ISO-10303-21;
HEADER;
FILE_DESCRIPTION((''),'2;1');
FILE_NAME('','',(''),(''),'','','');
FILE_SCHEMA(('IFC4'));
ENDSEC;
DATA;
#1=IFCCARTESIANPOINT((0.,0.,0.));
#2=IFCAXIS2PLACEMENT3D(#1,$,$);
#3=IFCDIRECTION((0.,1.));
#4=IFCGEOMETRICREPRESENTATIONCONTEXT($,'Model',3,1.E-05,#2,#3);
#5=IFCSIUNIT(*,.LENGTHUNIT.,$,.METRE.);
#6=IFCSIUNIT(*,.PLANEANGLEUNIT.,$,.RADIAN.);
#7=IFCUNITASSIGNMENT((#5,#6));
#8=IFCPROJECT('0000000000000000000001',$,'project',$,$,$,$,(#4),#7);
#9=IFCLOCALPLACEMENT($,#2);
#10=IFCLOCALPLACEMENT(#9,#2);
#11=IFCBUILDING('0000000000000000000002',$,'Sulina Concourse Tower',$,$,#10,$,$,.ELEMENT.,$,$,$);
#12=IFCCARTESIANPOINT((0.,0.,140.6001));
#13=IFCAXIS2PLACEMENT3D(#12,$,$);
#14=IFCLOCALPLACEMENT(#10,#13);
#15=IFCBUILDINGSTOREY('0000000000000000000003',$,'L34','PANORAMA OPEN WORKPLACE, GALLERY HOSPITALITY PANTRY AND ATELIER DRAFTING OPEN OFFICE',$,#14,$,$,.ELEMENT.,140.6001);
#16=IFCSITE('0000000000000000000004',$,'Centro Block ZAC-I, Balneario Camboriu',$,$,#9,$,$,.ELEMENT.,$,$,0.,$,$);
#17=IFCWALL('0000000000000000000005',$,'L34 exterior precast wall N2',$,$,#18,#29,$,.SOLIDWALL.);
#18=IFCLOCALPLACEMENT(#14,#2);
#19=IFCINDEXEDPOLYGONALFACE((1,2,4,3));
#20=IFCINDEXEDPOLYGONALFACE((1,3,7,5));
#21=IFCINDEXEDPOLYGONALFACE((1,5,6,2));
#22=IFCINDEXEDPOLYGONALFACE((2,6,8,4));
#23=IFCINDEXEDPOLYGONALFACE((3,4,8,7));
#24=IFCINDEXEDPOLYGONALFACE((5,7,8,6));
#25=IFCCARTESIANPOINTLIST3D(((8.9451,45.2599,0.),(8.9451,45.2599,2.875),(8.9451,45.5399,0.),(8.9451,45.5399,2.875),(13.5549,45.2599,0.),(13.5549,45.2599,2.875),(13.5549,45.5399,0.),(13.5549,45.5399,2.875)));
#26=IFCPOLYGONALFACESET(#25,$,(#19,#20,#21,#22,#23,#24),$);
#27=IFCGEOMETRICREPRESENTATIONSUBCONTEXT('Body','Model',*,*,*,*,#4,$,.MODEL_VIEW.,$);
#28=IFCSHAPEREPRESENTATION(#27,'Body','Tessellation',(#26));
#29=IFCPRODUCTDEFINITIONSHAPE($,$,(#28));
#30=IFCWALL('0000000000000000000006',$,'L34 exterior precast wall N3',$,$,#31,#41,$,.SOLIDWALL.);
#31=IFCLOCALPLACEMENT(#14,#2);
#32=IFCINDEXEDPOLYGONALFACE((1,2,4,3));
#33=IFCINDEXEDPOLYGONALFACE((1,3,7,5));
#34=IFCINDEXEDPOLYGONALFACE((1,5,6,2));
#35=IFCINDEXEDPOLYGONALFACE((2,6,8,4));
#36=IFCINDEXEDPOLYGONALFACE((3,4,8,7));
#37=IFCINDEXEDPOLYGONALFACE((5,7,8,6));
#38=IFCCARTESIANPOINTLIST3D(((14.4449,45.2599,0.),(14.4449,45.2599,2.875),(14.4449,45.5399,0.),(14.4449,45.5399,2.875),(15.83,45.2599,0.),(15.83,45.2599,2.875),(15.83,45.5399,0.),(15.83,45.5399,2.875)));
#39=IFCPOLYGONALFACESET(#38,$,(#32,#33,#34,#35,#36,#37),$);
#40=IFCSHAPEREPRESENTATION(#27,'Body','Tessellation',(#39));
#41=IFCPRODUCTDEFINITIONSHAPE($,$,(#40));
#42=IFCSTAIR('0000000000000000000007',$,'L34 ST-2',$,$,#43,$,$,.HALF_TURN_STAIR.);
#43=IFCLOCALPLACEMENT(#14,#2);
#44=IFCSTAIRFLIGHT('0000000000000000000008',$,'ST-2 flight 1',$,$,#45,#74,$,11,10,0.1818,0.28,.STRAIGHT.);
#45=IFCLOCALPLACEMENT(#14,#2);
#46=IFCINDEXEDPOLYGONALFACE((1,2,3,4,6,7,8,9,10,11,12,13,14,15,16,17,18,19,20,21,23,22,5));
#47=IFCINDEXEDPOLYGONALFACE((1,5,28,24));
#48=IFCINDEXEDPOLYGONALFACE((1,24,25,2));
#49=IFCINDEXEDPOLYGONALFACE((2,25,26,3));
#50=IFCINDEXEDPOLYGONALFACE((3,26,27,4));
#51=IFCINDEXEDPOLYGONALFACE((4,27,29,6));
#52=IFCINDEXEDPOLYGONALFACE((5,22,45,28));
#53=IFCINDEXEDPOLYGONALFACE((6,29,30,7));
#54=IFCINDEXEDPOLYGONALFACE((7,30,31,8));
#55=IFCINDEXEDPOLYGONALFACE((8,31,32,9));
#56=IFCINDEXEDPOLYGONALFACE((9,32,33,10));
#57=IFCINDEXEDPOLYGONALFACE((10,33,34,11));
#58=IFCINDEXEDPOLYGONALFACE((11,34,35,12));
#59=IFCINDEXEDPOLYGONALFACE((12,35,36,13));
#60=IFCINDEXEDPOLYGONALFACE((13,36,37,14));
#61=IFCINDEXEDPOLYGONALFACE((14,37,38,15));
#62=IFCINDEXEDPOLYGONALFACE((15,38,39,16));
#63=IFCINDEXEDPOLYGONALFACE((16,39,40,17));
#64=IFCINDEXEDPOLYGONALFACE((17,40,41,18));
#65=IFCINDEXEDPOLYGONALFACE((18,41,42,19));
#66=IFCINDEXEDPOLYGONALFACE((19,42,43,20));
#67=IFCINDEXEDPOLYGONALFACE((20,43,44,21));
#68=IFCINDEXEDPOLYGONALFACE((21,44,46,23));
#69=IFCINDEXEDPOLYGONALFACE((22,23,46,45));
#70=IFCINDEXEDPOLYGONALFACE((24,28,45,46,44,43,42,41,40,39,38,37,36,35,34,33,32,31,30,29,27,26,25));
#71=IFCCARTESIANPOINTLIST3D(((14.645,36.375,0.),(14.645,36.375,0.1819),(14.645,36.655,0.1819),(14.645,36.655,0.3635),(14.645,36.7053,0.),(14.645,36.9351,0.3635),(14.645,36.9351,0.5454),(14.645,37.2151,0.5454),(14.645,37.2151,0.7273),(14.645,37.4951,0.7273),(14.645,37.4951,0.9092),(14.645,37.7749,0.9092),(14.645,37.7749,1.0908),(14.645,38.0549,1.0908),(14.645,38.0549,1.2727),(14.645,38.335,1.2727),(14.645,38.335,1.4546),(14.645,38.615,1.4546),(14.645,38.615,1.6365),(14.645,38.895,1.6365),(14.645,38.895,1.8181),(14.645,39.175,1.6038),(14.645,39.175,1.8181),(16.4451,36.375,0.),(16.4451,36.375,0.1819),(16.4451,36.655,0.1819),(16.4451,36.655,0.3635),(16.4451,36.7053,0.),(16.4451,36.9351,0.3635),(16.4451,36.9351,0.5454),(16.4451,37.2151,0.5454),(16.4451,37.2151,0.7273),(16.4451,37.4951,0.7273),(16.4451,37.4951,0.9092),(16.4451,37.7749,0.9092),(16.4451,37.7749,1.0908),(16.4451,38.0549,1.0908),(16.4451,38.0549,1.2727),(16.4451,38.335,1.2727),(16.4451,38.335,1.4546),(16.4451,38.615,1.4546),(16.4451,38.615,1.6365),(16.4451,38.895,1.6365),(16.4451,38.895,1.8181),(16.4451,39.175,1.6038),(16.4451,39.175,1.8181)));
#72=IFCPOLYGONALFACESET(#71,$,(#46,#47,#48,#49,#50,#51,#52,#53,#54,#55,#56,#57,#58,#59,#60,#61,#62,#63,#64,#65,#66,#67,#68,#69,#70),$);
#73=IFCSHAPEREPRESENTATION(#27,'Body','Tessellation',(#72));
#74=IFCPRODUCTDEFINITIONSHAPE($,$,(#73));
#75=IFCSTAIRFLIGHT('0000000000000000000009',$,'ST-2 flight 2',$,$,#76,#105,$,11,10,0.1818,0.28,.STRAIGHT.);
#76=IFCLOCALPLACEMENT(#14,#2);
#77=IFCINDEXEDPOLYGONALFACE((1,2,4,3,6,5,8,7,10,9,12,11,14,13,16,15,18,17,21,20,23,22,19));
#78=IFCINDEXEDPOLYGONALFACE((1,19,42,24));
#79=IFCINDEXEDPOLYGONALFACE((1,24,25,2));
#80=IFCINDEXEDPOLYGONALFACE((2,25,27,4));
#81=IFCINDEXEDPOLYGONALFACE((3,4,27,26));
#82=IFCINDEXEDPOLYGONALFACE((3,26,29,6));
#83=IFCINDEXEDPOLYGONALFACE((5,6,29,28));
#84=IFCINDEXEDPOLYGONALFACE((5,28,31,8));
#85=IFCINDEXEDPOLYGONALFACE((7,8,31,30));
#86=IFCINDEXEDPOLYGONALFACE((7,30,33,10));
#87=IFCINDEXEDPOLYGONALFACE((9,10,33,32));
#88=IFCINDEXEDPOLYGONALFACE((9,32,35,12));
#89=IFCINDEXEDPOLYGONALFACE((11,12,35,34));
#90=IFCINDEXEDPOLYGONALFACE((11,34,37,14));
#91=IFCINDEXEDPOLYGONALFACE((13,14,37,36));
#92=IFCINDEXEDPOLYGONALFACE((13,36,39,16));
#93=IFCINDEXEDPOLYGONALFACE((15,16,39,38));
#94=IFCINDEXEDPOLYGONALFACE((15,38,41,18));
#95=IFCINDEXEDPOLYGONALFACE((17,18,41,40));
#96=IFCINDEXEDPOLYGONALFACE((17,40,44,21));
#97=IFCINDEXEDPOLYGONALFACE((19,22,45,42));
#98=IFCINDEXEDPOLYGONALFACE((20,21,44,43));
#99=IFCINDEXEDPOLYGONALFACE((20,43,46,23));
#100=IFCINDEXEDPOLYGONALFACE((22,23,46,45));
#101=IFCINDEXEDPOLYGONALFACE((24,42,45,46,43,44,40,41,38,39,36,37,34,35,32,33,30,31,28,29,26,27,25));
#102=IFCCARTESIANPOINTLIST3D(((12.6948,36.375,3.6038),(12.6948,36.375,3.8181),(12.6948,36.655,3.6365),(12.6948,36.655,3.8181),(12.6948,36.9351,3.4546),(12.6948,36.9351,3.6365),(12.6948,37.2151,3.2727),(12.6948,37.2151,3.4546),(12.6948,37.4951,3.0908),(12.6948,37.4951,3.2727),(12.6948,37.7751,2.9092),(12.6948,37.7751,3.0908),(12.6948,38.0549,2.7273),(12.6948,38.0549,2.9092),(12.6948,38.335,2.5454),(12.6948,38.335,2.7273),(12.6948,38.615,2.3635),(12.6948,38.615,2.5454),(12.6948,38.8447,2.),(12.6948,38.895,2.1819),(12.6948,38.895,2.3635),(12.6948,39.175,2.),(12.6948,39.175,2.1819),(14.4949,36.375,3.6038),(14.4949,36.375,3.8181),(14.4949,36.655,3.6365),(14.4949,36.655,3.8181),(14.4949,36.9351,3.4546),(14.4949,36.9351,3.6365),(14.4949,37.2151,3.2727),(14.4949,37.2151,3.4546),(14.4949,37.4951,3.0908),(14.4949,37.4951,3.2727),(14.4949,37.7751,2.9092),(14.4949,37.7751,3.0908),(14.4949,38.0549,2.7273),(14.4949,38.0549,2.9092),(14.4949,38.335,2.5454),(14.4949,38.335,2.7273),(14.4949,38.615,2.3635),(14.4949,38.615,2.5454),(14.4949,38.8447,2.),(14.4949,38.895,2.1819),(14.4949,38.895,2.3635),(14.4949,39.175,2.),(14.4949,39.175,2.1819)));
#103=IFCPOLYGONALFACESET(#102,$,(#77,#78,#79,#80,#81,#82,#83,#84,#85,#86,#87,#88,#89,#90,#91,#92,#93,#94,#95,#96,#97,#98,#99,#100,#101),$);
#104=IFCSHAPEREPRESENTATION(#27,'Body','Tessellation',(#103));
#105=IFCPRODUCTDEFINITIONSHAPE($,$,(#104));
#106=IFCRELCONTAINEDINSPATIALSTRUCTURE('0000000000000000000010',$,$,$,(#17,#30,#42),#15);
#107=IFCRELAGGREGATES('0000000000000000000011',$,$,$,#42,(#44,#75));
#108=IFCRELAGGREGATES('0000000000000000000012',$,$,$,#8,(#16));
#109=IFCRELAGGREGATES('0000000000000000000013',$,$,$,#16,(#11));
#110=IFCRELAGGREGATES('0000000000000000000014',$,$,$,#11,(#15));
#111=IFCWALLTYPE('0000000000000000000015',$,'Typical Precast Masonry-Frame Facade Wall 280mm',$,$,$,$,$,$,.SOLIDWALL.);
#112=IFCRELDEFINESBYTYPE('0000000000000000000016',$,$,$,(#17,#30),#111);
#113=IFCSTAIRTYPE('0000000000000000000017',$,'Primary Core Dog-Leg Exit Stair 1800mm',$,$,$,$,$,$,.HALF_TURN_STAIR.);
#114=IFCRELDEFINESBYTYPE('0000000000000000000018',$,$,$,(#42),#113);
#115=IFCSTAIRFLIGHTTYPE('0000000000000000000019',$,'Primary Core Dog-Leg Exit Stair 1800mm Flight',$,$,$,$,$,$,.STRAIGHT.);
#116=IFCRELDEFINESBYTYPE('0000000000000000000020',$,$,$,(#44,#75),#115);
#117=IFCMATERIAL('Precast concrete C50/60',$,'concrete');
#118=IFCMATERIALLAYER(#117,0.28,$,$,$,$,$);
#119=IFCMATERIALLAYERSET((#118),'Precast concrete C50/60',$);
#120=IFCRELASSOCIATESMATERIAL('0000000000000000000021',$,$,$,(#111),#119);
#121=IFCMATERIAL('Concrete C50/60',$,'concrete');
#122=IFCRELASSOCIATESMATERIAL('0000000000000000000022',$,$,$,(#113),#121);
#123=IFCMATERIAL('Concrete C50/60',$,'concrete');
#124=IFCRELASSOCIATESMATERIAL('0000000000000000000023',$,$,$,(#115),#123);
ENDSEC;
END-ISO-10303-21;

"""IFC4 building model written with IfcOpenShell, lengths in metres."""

from ifc_helpers import new_model, si_unit, direction, frame, frame_2d, origin, place, context, subcontext, project, spatial, polyline, rectangle, outline, extrude, material, layer, layer_set, type_object, element, aggregate, save


model = new_model("IFC4")

# Units and contexts
model_context = context("Model", 3, precision=1e-05, world=origin(), true_north=direction((0.0, 1.0)))
body_context = subcontext(model_context, "Body", "Model", "MODEL_VIEW")
ifc_project = project(units=[si_unit("LENGTHUNIT", "METRE"), si_unit("PLANEANGLEUNIT", "RADIAN")], contexts=[model_context])

# Site, building, storey
site_placement = place(None, origin())
site = spatial("IfcSite", under=ifc_project, at=site_placement, Name="Centro Block ZAC-I, Balneario Camboriu", CompositionType="ELEMENT", RefElevation=0.0)
building_placement = place(site_placement, origin())
building = spatial("IfcBuilding", under=site, at=building_placement, Name="Sulina Concourse Tower", CompositionType="ELEMENT")
storey_placement = place(building_placement, frame((0.0, 0.0, 140.6001)))
storey = spatial("IfcBuildingStorey", under=building, at=storey_placement, Name="L34", Description="PANORAMA OPEN WORKPLACE, GALLERY HOSPITALITY PANTRY AND ATELIER DRAFTING OPEN OFFICE", CompositionType="ELEMENT", Elevation=140.6001)

# Walls
ifc_material_1 = material(Name="Precast concrete C50/60", Category="concrete")
ifc_layer_1 = layer(ifc_material_1, 0.28)
ifc_layer_set_1 = layer_set([ifc_layer_1], Name="Precast concrete C50/60")
wall_type_1 = type_object("IfcWallType", Name="Typical Precast Masonry-Frame Facade Wall 280mm", PredefinedType="SOLIDWALL", material=ifc_layer_set_1)
wall_1_placement = place(storey_placement, frame((8.9451, 45.3999, 0.0), z_axis=(0.0, 0.0, 1.0), x_axis=(1.0, 0.0, 0.0)))
element("IfcWall", 1, at=wall_1_placement, inside=storey, type_object=wall_type_1, Name="L34 exterior precast wall N2", PredefinedType="SOLIDWALL", context=body_context, shape_type="SweptSolid", body=[
    extrude(rectangle(XDim=4.6099, YDim=0.28, at=frame_2d((2.3049, 0.0))), origin(), (0.0, 0.0, 1.0), 2.875),
])
wall_2_placement = place(storey_placement, frame((14.4451, 45.3999, 0.0), z_axis=(0.0, 0.0, 1.0), x_axis=(1.0, 0.0, 0.0)))
element("IfcWall", 2, at=wall_2_placement, inside=storey, type_object=wall_type_1, Name="L34 exterior precast wall N3", PredefinedType="SOLIDWALL", context=body_context, shape_type="SweptSolid", body=[
    extrude(rectangle(XDim=1.385, YDim=0.28, at=frame_2d((0.6924, 0.0))), origin(), (0.0, 0.0, 1.0), 2.875),
])

# Stair, stair flights
ifc_material_2 = material(Name="Concrete C50/60", Category="concrete")
stair_type = type_object("IfcStairType", Name="Primary Core Dog-Leg Exit Stair 1800mm", PredefinedType="HALF_TURN_STAIR", material=ifc_material_2)
stair_placement = place(storey_placement, origin())
stair = element("IfcStair", 3, at=stair_placement, inside=storey, type_object=stair_type, Name="L34 ST-2", PredefinedType="HALF_TURN_STAIR")
ifc_material_3 = material(Name="Concrete C50/60", Category="concrete")
stair_flight_type = type_object("IfcStairFlightType", Name="Primary Core Dog-Leg Exit Stair 1800mm Flight", PredefinedType="STRAIGHT", material=ifc_material_3)
stair_flight_1_placement = place(storey_placement, frame((15.5449, 36.375, 0.0), z_axis=(0.0, 0.0, 1.0), x_axis=(0.0, 1.0, 0.0)))
stair_flight_1 = element("IfcStairFlight", 4, at=stair_flight_1_placement, type_object=stair_flight_type, Name="ST-2 flight 1", NumberOfRisers=11, NumberOfTreads=10, PredefinedType="STRAIGHT", RiserHeight=0.1818, TreadLength=0.28, context=body_context, shape_type="SweptSolid", body=[
    extrude(outline(polyline([(0.0, 0.0), (0.0, 0.1819), (0.28, 0.1819), (0.28, 0.3635), (0.5601, 0.3635), (0.5601, 0.5454), (0.8401, 0.5454), (0.8401, 0.7273), (1.1201, 0.7273), (1.1201, 0.9092), (1.3999, 0.9092), (1.3999, 1.0908), (1.6799, 1.0908), (1.6799, 1.2727), (1.96, 1.2727), (1.96, 1.4546), (2.24, 1.4546), (2.24, 1.6365), (2.52, 1.6365), (2.52, 1.8181), (2.8, 1.8181), (2.8, 2.0), (2.8, 1.6038), (0.3303, 0.0), (0.0, 0.0)])), frame((0.0, 0.8999, 0.0), z_axis=(0.0, -1.0, 0.0), x_axis=(1.0, 0.0, 0.0)), (0.0, 0.0, 1.0), 1.8),
])
stair_flight_2_placement = place(storey_placement, frame((13.595, 39.175, 2.0), z_axis=(0.0, 0.0, 1.0), x_axis=(0.0, -1.0, 0.0)))
stair_flight_2 = element("IfcStairFlight", 5, at=stair_flight_2_placement, type_object=stair_flight_type, Name="ST-2 flight 2", NumberOfRisers=11, NumberOfTreads=10, PredefinedType="STRAIGHT", RiserHeight=0.1818, TreadLength=0.28, context=body_context, shape_type="SweptSolid", body=[
    extrude(outline(polyline([(0.0, 0.0), (0.0, 0.1819), (0.28, 0.1819), (0.28, 0.3635), (0.5601, 0.3635), (0.5601, 0.5454), (0.8401, 0.5454), (0.8401, 0.7273), (1.1201, 0.7273), (1.1201, 0.9092), (1.3999, 0.9092), (1.3999, 1.0908), (1.6799, 1.0908), (1.6799, 1.2727), (1.96, 1.2727), (1.96, 1.4546), (2.24, 1.4546), (2.24, 1.6365), (2.52, 1.6365), (2.52, 1.8181), (2.8, 1.8181), (2.8, 2.0), (2.8, 1.6038), (0.3303, 0.0), (0.0, 0.0)])), frame((0.0, 0.8999, 0.0), z_axis=(0.0, -1.0, 0.0), x_axis=(1.0, 0.0, 0.0)), (0.0, 0.0, 1.0), 1.8),
])
aggregate(stair, [stair_flight_1, stair_flight_2])

save(model, "model.ifc")
